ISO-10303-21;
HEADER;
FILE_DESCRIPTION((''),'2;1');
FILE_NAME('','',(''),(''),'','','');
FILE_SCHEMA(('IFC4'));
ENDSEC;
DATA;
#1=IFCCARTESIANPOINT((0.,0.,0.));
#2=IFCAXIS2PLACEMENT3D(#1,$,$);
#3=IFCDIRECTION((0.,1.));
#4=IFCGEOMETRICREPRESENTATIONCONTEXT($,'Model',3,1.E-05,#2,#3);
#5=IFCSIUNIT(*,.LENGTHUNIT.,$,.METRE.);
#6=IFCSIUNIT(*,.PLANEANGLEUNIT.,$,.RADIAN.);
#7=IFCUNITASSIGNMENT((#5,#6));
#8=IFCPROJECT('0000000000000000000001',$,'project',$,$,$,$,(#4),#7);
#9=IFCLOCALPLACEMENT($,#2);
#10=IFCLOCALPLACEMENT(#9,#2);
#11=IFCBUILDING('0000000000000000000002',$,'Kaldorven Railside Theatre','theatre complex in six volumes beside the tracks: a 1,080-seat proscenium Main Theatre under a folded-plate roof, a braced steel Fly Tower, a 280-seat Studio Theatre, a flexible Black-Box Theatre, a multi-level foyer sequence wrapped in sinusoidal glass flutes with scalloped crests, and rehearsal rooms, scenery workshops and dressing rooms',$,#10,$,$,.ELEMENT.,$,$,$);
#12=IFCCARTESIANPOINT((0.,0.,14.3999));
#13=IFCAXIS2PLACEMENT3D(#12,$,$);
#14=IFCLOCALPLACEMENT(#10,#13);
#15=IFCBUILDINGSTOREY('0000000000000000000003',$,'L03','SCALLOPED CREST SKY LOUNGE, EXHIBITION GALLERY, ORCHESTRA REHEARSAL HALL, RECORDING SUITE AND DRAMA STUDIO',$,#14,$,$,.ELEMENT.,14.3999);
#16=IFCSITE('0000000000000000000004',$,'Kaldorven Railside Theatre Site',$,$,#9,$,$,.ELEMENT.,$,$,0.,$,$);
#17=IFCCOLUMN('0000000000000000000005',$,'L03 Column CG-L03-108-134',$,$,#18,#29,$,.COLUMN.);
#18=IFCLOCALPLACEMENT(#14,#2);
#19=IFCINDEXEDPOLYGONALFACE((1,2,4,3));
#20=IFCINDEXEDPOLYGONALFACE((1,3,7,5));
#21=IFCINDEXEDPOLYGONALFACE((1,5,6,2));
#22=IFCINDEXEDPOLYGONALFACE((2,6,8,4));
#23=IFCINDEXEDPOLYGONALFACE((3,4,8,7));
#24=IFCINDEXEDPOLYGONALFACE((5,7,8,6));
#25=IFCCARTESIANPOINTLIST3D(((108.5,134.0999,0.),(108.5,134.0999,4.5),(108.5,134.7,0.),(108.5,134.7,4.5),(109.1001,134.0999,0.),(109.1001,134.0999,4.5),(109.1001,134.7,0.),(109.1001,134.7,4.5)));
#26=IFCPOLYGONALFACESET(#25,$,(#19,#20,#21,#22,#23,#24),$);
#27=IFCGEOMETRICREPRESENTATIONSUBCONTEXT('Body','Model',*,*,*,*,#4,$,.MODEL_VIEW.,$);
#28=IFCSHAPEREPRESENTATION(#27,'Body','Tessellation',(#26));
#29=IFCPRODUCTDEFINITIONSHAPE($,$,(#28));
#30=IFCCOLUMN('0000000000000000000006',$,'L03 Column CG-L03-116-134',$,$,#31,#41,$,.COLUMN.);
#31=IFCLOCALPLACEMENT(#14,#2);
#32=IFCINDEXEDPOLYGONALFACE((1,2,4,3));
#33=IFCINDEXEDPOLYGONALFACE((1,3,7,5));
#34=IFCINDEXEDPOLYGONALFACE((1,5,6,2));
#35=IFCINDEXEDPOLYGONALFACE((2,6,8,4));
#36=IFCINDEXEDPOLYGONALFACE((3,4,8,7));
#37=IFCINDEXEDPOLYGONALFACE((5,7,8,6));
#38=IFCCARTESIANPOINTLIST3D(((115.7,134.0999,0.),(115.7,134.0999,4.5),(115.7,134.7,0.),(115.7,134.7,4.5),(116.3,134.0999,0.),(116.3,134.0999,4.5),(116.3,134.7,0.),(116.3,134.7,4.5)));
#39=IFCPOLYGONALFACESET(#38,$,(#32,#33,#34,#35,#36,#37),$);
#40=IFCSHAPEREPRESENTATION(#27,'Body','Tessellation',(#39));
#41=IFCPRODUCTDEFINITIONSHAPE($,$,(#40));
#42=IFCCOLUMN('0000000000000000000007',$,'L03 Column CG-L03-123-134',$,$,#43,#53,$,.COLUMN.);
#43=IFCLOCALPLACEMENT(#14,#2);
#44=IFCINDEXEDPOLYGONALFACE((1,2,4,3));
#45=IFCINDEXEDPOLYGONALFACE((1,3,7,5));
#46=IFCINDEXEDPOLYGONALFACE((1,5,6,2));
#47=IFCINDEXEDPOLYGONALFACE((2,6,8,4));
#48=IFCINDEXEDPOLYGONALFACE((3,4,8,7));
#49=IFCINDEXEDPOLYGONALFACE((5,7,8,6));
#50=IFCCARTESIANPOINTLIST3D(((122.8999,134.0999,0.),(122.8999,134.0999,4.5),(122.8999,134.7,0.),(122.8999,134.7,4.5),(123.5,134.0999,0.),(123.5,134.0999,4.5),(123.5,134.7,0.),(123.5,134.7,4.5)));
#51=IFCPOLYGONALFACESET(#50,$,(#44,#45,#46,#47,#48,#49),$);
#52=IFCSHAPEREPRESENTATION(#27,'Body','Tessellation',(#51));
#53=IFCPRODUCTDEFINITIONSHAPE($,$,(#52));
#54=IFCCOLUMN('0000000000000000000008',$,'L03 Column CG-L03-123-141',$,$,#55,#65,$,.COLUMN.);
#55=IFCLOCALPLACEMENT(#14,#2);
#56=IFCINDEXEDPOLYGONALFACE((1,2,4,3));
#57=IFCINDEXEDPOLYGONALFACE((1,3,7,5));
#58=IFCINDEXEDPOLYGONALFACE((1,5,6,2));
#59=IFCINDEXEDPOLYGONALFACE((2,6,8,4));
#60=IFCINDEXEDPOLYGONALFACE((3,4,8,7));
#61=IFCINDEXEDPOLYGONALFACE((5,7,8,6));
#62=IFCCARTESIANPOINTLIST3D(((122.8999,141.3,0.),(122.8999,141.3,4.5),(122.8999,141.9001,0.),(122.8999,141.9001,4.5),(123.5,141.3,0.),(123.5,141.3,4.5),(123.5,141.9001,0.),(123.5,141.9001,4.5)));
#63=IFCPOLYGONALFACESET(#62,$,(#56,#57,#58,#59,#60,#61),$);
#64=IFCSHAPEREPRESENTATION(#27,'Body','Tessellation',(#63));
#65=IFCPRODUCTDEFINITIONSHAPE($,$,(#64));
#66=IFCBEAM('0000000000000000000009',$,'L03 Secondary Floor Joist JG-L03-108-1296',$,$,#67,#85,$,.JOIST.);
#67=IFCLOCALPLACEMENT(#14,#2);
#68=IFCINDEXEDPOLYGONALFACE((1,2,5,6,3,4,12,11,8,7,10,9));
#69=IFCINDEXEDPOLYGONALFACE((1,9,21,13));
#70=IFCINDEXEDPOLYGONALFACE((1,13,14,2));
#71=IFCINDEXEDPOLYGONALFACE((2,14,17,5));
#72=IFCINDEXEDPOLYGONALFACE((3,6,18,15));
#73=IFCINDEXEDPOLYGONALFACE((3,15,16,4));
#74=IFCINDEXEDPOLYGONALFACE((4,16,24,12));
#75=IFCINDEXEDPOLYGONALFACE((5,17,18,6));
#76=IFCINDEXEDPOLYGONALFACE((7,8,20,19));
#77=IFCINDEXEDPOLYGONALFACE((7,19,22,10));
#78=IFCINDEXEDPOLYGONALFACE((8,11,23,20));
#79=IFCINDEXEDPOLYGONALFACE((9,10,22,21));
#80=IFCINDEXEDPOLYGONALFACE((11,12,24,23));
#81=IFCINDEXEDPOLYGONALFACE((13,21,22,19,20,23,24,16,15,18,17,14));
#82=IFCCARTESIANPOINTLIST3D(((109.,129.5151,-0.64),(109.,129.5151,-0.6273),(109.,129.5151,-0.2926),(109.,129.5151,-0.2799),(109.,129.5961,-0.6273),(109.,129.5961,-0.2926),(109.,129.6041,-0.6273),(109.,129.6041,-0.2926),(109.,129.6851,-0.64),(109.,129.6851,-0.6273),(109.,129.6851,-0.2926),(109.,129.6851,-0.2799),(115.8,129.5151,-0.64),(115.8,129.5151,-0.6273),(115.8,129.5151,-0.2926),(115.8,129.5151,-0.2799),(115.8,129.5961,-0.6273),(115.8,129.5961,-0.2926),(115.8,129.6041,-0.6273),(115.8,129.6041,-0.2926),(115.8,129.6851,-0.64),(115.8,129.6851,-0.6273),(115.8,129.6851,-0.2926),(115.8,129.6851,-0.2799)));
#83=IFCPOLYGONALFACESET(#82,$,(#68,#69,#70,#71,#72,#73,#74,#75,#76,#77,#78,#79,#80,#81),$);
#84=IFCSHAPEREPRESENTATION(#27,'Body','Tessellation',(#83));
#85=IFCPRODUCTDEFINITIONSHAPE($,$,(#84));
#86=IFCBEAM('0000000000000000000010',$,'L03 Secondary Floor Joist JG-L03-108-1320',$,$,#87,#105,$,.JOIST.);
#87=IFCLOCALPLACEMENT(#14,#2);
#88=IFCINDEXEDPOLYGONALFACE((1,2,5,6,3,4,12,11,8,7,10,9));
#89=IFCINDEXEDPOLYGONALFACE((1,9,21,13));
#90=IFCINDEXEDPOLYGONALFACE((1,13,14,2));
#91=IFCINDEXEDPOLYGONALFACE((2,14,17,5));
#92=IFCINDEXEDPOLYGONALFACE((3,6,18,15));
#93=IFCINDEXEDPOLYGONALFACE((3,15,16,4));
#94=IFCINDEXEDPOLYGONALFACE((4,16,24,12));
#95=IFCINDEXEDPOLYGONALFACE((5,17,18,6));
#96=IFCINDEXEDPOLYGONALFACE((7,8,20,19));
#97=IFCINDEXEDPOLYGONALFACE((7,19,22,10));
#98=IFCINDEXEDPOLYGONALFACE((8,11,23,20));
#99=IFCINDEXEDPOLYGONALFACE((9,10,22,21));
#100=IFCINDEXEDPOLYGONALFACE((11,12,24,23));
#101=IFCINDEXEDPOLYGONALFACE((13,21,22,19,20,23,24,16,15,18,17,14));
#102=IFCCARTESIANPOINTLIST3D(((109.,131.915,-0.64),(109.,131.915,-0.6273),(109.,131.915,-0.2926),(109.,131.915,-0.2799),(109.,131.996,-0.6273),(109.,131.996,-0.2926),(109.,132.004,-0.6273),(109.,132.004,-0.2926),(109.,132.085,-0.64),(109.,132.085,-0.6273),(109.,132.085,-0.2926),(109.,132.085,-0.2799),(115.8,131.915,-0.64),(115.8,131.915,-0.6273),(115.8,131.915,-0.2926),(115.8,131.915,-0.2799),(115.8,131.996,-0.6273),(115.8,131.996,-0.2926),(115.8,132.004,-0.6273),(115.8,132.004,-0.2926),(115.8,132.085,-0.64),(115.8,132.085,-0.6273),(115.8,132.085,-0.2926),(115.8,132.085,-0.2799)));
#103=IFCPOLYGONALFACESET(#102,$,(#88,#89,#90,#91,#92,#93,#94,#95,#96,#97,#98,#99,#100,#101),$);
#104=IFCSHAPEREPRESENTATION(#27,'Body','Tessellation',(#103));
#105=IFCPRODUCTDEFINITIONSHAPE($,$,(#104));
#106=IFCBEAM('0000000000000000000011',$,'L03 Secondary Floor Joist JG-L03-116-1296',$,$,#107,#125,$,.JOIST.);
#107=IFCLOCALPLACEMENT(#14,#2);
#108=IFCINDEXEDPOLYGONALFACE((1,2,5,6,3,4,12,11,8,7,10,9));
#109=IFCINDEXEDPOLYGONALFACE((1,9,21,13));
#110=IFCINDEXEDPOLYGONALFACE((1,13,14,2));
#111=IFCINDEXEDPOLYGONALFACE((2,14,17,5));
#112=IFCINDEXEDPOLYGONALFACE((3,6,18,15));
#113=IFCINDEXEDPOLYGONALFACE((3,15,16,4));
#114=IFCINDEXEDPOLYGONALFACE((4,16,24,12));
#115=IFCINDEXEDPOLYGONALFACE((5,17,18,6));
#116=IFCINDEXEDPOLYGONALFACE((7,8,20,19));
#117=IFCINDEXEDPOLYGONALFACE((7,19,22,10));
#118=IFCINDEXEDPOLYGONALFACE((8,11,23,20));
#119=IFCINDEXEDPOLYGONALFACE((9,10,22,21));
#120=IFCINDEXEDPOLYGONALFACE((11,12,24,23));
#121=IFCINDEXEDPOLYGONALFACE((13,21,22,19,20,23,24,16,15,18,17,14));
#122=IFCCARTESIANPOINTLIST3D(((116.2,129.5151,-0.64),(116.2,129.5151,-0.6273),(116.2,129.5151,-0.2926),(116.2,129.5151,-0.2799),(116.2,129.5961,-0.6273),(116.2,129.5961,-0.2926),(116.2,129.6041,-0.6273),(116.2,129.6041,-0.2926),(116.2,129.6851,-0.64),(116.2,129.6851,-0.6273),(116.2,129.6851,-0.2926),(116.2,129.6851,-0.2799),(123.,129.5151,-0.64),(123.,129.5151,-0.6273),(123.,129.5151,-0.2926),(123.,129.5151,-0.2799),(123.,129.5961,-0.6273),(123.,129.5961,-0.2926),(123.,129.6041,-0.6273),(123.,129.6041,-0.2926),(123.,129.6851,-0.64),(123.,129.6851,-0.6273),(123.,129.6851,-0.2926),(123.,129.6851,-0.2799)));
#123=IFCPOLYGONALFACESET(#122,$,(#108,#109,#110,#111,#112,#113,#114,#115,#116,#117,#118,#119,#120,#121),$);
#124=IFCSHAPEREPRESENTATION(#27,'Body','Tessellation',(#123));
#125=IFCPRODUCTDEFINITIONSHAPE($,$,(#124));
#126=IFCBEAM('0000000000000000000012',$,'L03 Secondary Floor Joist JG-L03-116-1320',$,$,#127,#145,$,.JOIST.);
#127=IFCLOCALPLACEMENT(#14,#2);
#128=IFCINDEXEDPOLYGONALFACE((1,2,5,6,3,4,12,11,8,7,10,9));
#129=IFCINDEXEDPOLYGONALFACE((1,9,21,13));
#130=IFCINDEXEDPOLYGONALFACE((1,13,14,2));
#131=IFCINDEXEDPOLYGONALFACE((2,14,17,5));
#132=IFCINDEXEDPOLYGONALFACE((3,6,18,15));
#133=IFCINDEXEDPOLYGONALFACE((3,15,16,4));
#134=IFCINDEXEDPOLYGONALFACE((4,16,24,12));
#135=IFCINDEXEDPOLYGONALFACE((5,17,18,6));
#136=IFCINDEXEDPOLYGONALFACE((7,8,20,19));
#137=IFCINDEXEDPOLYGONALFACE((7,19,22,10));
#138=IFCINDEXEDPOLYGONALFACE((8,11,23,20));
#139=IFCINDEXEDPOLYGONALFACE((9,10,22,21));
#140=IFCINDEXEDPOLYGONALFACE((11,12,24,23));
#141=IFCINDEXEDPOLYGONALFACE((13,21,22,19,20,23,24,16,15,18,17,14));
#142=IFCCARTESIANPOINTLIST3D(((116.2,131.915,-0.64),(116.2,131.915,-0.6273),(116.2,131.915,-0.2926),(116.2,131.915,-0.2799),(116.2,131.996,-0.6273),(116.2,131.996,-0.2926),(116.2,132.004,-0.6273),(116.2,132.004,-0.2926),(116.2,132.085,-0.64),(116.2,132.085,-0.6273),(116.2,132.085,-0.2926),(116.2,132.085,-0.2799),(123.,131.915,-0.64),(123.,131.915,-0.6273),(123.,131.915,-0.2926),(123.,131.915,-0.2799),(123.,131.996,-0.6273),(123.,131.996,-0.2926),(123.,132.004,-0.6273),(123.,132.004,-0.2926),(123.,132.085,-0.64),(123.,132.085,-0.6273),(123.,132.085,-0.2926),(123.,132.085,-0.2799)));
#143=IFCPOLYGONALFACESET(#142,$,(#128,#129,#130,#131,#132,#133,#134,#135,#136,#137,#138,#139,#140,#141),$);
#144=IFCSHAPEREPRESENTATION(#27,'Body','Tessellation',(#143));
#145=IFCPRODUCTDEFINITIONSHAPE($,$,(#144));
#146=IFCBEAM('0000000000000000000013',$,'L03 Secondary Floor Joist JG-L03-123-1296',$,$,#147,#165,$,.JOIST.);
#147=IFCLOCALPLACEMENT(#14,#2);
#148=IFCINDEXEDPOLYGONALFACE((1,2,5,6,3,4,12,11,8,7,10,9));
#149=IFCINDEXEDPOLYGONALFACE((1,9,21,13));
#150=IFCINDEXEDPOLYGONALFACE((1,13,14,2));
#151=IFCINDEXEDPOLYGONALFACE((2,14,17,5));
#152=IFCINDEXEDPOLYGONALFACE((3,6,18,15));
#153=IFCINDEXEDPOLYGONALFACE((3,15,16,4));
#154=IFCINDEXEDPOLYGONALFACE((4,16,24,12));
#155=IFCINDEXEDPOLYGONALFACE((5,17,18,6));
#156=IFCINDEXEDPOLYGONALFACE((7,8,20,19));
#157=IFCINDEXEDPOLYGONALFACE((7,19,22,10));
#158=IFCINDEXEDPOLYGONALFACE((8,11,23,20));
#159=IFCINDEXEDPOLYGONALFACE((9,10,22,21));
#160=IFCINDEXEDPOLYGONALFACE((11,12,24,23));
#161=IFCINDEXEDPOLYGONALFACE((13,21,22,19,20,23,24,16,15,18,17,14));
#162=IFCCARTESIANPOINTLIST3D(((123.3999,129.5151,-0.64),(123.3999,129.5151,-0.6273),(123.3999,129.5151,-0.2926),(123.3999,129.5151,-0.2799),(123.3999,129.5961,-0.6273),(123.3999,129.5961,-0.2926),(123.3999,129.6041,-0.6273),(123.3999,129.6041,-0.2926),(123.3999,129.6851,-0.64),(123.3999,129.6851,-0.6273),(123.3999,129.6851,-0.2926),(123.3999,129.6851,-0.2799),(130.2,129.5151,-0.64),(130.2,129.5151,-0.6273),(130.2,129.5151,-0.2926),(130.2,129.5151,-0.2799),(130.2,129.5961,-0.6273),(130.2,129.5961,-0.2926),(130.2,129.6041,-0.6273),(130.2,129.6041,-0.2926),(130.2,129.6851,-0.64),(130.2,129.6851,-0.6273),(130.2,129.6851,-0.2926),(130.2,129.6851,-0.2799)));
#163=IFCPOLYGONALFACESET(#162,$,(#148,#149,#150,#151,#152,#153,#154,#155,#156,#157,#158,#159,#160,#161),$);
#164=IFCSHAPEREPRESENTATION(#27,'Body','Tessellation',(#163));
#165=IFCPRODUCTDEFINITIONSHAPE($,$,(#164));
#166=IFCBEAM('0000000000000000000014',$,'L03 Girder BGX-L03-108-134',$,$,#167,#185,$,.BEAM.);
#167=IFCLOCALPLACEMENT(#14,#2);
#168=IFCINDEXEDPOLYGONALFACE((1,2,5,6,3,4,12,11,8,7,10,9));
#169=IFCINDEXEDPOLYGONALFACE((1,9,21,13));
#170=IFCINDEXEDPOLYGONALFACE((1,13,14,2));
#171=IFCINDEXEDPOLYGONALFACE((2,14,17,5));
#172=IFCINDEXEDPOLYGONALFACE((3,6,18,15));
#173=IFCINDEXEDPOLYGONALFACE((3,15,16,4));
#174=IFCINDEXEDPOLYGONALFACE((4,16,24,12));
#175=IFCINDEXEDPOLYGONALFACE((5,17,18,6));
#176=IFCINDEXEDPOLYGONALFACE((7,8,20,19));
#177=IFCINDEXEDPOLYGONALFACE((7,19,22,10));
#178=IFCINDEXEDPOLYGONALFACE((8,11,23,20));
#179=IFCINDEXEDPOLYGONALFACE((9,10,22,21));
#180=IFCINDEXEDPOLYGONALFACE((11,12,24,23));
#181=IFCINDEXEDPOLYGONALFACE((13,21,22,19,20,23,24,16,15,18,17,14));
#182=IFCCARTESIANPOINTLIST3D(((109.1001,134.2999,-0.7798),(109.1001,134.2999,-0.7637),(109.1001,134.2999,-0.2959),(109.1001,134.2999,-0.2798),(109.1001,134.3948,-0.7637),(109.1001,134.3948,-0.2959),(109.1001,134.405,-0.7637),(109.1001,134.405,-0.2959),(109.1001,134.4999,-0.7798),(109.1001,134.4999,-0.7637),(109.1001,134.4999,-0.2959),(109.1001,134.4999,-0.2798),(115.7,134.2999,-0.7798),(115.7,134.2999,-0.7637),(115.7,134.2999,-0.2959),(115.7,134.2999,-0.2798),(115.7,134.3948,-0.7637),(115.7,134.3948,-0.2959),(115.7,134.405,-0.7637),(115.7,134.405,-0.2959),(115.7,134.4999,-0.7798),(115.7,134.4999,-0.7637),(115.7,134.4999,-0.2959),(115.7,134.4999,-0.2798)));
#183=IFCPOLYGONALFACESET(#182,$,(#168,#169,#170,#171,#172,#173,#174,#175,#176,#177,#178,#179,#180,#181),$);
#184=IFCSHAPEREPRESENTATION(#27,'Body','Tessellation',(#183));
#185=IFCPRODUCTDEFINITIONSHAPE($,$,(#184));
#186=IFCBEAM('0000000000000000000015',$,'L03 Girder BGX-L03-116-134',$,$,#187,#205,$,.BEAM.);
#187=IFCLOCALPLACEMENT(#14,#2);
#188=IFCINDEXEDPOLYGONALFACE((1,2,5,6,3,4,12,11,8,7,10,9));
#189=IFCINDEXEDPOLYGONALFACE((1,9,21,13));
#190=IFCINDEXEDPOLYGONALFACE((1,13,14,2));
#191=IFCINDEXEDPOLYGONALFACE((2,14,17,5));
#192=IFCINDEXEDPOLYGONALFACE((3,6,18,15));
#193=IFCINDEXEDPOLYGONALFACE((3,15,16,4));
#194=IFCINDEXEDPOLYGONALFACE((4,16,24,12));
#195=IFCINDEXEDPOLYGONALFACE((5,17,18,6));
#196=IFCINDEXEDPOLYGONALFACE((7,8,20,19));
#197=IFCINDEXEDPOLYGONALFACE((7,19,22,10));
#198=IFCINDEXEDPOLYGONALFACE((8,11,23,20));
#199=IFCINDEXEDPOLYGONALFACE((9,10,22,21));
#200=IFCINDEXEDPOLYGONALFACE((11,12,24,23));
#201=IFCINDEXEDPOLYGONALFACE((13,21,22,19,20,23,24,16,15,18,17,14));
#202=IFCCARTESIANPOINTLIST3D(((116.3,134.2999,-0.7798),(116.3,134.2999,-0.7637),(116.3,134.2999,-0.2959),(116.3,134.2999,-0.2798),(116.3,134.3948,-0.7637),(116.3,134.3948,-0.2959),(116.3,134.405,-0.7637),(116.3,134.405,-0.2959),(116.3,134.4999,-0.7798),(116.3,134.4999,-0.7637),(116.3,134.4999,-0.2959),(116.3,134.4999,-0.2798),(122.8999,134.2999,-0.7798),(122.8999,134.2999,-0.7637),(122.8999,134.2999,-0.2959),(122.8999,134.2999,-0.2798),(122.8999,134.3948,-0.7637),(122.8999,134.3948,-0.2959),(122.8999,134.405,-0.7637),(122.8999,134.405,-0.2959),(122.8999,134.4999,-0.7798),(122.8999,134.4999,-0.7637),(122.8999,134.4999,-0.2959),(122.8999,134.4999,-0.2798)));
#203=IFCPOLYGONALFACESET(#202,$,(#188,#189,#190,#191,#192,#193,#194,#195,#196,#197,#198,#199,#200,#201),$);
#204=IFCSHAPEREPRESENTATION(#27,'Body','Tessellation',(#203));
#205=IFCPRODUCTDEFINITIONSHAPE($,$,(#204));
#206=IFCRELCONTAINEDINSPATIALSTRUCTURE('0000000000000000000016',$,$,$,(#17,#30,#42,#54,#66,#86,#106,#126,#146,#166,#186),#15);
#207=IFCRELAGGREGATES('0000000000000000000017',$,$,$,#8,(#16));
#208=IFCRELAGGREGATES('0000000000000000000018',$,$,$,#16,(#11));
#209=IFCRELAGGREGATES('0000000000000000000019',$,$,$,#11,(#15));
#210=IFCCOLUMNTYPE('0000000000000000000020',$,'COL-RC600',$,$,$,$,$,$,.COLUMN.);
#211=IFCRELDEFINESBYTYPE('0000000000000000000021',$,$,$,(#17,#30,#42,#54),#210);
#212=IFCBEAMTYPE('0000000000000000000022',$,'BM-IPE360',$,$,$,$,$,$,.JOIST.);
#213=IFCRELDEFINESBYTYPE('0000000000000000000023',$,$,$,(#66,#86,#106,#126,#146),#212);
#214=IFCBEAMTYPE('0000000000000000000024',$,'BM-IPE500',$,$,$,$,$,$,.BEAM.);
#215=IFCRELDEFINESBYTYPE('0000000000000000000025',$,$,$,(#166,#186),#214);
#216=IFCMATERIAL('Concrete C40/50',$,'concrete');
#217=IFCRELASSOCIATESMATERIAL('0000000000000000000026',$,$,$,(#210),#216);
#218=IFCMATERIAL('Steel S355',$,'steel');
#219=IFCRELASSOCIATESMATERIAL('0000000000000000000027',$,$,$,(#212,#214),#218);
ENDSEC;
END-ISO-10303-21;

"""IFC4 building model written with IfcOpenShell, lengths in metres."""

from ifc_helpers import new_model, si_unit, direction, frame, origin, origin_2d, place, context, subcontext, project, spatial, rectangle, i_section, extrude, material, material_profile, profile_set, type_object, element, save


model = new_model("IFC4")

# Units and contexts
model_context = context("Model", 3, precision=1e-05, world=origin(), true_north=direction((0.0, 1.0)))
body_context = subcontext(model_context, "Body", "Model", "MODEL_VIEW")
ifc_project = project(units=[si_unit("LENGTHUNIT", "METRE"), si_unit("PLANEANGLEUNIT", "RADIAN")], contexts=[model_context])

# Site, building, storey
site_placement = place(None, origin())
site = spatial("IfcSite", under=ifc_project, at=site_placement, Name="Kaldorven Railside Theatre Site", CompositionType="ELEMENT", RefElevation=0.0)
building_placement = place(site_placement, origin())
building = spatial("IfcBuilding", under=site, at=building_placement, Name="Kaldorven Railside Theatre", Description="theatre complex in six volumes beside the tracks: a 1,080-seat proscenium Main Theatre under a folded-plate roof, a braced steel Fly Tower, a 280-seat Studio Theatre, a flexible Black-Box Theatre, a multi-level foyer sequence wrapped in sinusoidal glass flutes with scalloped crests, and rehearsal rooms, scenery workshops and dressing rooms", CompositionType="ELEMENT")
storey_placement = place(building_placement, frame((0.0, 0.0, 14.3999)))
storey = spatial("IfcBuildingStorey", under=building, at=storey_placement, Name="L03", Description="SCALLOPED CREST SKY LOUNGE, EXHIBITION GALLERY, ORCHESTRA REHEARSAL HALL, RECORDING SUITE AND DRAMA STUDIO", CompositionType="ELEMENT", Elevation=14.3999)

# Columns
ifc_material_1 = material(Name="Concrete C40/50", Category="concrete")
ifc_material_profile_1 = material_profile(ifc_material_1, rectangle(XDim=0.6001, YDim=0.6001, at=origin_2d()), Name="RC 600x600")
ifc_profile_set_1 = profile_set([ifc_material_profile_1], Name="Concrete C40/50")
column_type = type_object("IfcColumnType", Name="COL-RC600", PredefinedType="COLUMN", material=ifc_profile_set_1)
for number, where, z_axis, x_axis, name in (
    (1, (108.8, 134.3999, 0.0), (0.0, 0.0, 1.0), (0.0, 1.0, 0.0), "L03 Column CG-L03-108-134"),
    (2, (116.0, 134.3999, 0.0), (0.0, 0.0, 1.0), (1.0, 0.0, 0.0), "L03 Column CG-L03-116-134"),
    (3, (123.2, 134.3999, 0.0), (0.0, 0.0, 1.0), (0.0, 1.0, 0.0), "L03 Column CG-L03-123-134"),
    (4, (123.2, 141.6001, 0.0), (0.0, 0.0, 1.0), (1.0, 0.0, 0.0), "L03 Column CG-L03-123-141"),
):
    element("IfcColumn", number, at=place(storey_placement, frame(where, z_axis=z_axis, x_axis=x_axis)), inside=storey, type_object=column_type, Name=name, PredefinedType="COLUMN", context=body_context, shape_type="SweptSolid", body=[
        extrude(rectangle(XDim=0.6001, YDim=0.6001, at=origin_2d()), origin(), (0.0, 0.0, 1.0), 4.5),
    ])

# Beams
ifc_material_2 = material(Name="Steel S355", Category="steel")
ifc_material_profile_2 = material_profile(ifc_material_2, i_section(OverallWidth=0.1699, OverallDepth=0.3601, WebThickness=0.0081, FlangeThickness=0.0127, at=origin_2d()), Name="IPE 360")
ifc_profile_set_2 = profile_set([ifc_material_profile_2], Name="Steel S355")
beam_type_1 = type_object("IfcBeamType", Name="BM-IPE360", PredefinedType="JOIST", material=ifc_profile_set_2)
for number, where, z_axis, x_axis, name in (
    (5, (109.0, 129.6001, -0.46), (1.0, 0.0, 0.0), (0.0, 1.0, 0.0), "L03 Secondary Floor Joist JG-L03-108-1296"),
    (6, (109.0, 132.0, -0.46), (1.0, 0.0, 0.0), (0.0, 1.0, 0.0), "L03 Secondary Floor Joist JG-L03-108-1320"),
    (7, (116.2, 129.6001, -0.46), (1.0, 0.0, 0.0), (0.0, 1.0, 0.0), "L03 Secondary Floor Joist JG-L03-116-1296"),
    (8, (116.2, 132.0, -0.46), (1.0, 0.0, 0.0), (0.0, 1.0, 0.0), "L03 Secondary Floor Joist JG-L03-116-1320"),
    (9, (123.3999, 129.6001, -0.46), (1.0, 0.0, 0.0), (0.0, 1.0, 0.0), "L03 Secondary Floor Joist JG-L03-123-1296"),
):
    element("IfcBeam", number, at=place(storey_placement, frame(where, z_axis=z_axis, x_axis=x_axis)), inside=storey, type_object=beam_type_1, Name=name, PredefinedType="JOIST", context=body_context, shape_type="SweptSolid", body=[
        extrude(i_section(OverallWidth=0.1699, OverallDepth=0.3601, WebThickness=0.0081, FlangeThickness=0.0127, at=origin_2d()), origin(), (0.0, 0.0, 1.0), 6.8),
    ])
ifc_material_profile_3 = material_profile(ifc_material_2, i_section(OverallWidth=0.2, OverallDepth=0.5, WebThickness=0.0103, FlangeThickness=0.0161, at=origin_2d()), Name="IPE 500")
ifc_profile_set_3 = profile_set([ifc_material_profile_3], Name="Steel S355")
beam_type_2 = type_object("IfcBeamType", Name="BM-IPE500", PredefinedType="BEAM", material=ifc_profile_set_3)
for number, where, z_axis, x_axis, name in (
    (10, (109.1001, 134.3999, -0.5298), (1.0, 0.0, 0.0), (0.0, 1.0, 0.0), "L03 Girder BGX-L03-108-134"),
    (11, (116.3, 134.3999, -0.5298), (1.0, 0.0, 0.0), (0.0, 1.0, 0.0), "L03 Girder BGX-L03-116-134"),
):
    element("IfcBeam", number, at=place(storey_placement, frame(where, z_axis=z_axis, x_axis=x_axis)), inside=storey, type_object=beam_type_2, Name=name, PredefinedType="BEAM", context=body_context, shape_type="SweptSolid", body=[
        extrude(i_section(OverallWidth=0.2, OverallDepth=0.5, WebThickness=0.0103, FlangeThickness=0.0161, at=origin_2d()), origin(), (0.0, 0.0, 1.0), 6.5999),
    ])

save(model, "model.ifc")
